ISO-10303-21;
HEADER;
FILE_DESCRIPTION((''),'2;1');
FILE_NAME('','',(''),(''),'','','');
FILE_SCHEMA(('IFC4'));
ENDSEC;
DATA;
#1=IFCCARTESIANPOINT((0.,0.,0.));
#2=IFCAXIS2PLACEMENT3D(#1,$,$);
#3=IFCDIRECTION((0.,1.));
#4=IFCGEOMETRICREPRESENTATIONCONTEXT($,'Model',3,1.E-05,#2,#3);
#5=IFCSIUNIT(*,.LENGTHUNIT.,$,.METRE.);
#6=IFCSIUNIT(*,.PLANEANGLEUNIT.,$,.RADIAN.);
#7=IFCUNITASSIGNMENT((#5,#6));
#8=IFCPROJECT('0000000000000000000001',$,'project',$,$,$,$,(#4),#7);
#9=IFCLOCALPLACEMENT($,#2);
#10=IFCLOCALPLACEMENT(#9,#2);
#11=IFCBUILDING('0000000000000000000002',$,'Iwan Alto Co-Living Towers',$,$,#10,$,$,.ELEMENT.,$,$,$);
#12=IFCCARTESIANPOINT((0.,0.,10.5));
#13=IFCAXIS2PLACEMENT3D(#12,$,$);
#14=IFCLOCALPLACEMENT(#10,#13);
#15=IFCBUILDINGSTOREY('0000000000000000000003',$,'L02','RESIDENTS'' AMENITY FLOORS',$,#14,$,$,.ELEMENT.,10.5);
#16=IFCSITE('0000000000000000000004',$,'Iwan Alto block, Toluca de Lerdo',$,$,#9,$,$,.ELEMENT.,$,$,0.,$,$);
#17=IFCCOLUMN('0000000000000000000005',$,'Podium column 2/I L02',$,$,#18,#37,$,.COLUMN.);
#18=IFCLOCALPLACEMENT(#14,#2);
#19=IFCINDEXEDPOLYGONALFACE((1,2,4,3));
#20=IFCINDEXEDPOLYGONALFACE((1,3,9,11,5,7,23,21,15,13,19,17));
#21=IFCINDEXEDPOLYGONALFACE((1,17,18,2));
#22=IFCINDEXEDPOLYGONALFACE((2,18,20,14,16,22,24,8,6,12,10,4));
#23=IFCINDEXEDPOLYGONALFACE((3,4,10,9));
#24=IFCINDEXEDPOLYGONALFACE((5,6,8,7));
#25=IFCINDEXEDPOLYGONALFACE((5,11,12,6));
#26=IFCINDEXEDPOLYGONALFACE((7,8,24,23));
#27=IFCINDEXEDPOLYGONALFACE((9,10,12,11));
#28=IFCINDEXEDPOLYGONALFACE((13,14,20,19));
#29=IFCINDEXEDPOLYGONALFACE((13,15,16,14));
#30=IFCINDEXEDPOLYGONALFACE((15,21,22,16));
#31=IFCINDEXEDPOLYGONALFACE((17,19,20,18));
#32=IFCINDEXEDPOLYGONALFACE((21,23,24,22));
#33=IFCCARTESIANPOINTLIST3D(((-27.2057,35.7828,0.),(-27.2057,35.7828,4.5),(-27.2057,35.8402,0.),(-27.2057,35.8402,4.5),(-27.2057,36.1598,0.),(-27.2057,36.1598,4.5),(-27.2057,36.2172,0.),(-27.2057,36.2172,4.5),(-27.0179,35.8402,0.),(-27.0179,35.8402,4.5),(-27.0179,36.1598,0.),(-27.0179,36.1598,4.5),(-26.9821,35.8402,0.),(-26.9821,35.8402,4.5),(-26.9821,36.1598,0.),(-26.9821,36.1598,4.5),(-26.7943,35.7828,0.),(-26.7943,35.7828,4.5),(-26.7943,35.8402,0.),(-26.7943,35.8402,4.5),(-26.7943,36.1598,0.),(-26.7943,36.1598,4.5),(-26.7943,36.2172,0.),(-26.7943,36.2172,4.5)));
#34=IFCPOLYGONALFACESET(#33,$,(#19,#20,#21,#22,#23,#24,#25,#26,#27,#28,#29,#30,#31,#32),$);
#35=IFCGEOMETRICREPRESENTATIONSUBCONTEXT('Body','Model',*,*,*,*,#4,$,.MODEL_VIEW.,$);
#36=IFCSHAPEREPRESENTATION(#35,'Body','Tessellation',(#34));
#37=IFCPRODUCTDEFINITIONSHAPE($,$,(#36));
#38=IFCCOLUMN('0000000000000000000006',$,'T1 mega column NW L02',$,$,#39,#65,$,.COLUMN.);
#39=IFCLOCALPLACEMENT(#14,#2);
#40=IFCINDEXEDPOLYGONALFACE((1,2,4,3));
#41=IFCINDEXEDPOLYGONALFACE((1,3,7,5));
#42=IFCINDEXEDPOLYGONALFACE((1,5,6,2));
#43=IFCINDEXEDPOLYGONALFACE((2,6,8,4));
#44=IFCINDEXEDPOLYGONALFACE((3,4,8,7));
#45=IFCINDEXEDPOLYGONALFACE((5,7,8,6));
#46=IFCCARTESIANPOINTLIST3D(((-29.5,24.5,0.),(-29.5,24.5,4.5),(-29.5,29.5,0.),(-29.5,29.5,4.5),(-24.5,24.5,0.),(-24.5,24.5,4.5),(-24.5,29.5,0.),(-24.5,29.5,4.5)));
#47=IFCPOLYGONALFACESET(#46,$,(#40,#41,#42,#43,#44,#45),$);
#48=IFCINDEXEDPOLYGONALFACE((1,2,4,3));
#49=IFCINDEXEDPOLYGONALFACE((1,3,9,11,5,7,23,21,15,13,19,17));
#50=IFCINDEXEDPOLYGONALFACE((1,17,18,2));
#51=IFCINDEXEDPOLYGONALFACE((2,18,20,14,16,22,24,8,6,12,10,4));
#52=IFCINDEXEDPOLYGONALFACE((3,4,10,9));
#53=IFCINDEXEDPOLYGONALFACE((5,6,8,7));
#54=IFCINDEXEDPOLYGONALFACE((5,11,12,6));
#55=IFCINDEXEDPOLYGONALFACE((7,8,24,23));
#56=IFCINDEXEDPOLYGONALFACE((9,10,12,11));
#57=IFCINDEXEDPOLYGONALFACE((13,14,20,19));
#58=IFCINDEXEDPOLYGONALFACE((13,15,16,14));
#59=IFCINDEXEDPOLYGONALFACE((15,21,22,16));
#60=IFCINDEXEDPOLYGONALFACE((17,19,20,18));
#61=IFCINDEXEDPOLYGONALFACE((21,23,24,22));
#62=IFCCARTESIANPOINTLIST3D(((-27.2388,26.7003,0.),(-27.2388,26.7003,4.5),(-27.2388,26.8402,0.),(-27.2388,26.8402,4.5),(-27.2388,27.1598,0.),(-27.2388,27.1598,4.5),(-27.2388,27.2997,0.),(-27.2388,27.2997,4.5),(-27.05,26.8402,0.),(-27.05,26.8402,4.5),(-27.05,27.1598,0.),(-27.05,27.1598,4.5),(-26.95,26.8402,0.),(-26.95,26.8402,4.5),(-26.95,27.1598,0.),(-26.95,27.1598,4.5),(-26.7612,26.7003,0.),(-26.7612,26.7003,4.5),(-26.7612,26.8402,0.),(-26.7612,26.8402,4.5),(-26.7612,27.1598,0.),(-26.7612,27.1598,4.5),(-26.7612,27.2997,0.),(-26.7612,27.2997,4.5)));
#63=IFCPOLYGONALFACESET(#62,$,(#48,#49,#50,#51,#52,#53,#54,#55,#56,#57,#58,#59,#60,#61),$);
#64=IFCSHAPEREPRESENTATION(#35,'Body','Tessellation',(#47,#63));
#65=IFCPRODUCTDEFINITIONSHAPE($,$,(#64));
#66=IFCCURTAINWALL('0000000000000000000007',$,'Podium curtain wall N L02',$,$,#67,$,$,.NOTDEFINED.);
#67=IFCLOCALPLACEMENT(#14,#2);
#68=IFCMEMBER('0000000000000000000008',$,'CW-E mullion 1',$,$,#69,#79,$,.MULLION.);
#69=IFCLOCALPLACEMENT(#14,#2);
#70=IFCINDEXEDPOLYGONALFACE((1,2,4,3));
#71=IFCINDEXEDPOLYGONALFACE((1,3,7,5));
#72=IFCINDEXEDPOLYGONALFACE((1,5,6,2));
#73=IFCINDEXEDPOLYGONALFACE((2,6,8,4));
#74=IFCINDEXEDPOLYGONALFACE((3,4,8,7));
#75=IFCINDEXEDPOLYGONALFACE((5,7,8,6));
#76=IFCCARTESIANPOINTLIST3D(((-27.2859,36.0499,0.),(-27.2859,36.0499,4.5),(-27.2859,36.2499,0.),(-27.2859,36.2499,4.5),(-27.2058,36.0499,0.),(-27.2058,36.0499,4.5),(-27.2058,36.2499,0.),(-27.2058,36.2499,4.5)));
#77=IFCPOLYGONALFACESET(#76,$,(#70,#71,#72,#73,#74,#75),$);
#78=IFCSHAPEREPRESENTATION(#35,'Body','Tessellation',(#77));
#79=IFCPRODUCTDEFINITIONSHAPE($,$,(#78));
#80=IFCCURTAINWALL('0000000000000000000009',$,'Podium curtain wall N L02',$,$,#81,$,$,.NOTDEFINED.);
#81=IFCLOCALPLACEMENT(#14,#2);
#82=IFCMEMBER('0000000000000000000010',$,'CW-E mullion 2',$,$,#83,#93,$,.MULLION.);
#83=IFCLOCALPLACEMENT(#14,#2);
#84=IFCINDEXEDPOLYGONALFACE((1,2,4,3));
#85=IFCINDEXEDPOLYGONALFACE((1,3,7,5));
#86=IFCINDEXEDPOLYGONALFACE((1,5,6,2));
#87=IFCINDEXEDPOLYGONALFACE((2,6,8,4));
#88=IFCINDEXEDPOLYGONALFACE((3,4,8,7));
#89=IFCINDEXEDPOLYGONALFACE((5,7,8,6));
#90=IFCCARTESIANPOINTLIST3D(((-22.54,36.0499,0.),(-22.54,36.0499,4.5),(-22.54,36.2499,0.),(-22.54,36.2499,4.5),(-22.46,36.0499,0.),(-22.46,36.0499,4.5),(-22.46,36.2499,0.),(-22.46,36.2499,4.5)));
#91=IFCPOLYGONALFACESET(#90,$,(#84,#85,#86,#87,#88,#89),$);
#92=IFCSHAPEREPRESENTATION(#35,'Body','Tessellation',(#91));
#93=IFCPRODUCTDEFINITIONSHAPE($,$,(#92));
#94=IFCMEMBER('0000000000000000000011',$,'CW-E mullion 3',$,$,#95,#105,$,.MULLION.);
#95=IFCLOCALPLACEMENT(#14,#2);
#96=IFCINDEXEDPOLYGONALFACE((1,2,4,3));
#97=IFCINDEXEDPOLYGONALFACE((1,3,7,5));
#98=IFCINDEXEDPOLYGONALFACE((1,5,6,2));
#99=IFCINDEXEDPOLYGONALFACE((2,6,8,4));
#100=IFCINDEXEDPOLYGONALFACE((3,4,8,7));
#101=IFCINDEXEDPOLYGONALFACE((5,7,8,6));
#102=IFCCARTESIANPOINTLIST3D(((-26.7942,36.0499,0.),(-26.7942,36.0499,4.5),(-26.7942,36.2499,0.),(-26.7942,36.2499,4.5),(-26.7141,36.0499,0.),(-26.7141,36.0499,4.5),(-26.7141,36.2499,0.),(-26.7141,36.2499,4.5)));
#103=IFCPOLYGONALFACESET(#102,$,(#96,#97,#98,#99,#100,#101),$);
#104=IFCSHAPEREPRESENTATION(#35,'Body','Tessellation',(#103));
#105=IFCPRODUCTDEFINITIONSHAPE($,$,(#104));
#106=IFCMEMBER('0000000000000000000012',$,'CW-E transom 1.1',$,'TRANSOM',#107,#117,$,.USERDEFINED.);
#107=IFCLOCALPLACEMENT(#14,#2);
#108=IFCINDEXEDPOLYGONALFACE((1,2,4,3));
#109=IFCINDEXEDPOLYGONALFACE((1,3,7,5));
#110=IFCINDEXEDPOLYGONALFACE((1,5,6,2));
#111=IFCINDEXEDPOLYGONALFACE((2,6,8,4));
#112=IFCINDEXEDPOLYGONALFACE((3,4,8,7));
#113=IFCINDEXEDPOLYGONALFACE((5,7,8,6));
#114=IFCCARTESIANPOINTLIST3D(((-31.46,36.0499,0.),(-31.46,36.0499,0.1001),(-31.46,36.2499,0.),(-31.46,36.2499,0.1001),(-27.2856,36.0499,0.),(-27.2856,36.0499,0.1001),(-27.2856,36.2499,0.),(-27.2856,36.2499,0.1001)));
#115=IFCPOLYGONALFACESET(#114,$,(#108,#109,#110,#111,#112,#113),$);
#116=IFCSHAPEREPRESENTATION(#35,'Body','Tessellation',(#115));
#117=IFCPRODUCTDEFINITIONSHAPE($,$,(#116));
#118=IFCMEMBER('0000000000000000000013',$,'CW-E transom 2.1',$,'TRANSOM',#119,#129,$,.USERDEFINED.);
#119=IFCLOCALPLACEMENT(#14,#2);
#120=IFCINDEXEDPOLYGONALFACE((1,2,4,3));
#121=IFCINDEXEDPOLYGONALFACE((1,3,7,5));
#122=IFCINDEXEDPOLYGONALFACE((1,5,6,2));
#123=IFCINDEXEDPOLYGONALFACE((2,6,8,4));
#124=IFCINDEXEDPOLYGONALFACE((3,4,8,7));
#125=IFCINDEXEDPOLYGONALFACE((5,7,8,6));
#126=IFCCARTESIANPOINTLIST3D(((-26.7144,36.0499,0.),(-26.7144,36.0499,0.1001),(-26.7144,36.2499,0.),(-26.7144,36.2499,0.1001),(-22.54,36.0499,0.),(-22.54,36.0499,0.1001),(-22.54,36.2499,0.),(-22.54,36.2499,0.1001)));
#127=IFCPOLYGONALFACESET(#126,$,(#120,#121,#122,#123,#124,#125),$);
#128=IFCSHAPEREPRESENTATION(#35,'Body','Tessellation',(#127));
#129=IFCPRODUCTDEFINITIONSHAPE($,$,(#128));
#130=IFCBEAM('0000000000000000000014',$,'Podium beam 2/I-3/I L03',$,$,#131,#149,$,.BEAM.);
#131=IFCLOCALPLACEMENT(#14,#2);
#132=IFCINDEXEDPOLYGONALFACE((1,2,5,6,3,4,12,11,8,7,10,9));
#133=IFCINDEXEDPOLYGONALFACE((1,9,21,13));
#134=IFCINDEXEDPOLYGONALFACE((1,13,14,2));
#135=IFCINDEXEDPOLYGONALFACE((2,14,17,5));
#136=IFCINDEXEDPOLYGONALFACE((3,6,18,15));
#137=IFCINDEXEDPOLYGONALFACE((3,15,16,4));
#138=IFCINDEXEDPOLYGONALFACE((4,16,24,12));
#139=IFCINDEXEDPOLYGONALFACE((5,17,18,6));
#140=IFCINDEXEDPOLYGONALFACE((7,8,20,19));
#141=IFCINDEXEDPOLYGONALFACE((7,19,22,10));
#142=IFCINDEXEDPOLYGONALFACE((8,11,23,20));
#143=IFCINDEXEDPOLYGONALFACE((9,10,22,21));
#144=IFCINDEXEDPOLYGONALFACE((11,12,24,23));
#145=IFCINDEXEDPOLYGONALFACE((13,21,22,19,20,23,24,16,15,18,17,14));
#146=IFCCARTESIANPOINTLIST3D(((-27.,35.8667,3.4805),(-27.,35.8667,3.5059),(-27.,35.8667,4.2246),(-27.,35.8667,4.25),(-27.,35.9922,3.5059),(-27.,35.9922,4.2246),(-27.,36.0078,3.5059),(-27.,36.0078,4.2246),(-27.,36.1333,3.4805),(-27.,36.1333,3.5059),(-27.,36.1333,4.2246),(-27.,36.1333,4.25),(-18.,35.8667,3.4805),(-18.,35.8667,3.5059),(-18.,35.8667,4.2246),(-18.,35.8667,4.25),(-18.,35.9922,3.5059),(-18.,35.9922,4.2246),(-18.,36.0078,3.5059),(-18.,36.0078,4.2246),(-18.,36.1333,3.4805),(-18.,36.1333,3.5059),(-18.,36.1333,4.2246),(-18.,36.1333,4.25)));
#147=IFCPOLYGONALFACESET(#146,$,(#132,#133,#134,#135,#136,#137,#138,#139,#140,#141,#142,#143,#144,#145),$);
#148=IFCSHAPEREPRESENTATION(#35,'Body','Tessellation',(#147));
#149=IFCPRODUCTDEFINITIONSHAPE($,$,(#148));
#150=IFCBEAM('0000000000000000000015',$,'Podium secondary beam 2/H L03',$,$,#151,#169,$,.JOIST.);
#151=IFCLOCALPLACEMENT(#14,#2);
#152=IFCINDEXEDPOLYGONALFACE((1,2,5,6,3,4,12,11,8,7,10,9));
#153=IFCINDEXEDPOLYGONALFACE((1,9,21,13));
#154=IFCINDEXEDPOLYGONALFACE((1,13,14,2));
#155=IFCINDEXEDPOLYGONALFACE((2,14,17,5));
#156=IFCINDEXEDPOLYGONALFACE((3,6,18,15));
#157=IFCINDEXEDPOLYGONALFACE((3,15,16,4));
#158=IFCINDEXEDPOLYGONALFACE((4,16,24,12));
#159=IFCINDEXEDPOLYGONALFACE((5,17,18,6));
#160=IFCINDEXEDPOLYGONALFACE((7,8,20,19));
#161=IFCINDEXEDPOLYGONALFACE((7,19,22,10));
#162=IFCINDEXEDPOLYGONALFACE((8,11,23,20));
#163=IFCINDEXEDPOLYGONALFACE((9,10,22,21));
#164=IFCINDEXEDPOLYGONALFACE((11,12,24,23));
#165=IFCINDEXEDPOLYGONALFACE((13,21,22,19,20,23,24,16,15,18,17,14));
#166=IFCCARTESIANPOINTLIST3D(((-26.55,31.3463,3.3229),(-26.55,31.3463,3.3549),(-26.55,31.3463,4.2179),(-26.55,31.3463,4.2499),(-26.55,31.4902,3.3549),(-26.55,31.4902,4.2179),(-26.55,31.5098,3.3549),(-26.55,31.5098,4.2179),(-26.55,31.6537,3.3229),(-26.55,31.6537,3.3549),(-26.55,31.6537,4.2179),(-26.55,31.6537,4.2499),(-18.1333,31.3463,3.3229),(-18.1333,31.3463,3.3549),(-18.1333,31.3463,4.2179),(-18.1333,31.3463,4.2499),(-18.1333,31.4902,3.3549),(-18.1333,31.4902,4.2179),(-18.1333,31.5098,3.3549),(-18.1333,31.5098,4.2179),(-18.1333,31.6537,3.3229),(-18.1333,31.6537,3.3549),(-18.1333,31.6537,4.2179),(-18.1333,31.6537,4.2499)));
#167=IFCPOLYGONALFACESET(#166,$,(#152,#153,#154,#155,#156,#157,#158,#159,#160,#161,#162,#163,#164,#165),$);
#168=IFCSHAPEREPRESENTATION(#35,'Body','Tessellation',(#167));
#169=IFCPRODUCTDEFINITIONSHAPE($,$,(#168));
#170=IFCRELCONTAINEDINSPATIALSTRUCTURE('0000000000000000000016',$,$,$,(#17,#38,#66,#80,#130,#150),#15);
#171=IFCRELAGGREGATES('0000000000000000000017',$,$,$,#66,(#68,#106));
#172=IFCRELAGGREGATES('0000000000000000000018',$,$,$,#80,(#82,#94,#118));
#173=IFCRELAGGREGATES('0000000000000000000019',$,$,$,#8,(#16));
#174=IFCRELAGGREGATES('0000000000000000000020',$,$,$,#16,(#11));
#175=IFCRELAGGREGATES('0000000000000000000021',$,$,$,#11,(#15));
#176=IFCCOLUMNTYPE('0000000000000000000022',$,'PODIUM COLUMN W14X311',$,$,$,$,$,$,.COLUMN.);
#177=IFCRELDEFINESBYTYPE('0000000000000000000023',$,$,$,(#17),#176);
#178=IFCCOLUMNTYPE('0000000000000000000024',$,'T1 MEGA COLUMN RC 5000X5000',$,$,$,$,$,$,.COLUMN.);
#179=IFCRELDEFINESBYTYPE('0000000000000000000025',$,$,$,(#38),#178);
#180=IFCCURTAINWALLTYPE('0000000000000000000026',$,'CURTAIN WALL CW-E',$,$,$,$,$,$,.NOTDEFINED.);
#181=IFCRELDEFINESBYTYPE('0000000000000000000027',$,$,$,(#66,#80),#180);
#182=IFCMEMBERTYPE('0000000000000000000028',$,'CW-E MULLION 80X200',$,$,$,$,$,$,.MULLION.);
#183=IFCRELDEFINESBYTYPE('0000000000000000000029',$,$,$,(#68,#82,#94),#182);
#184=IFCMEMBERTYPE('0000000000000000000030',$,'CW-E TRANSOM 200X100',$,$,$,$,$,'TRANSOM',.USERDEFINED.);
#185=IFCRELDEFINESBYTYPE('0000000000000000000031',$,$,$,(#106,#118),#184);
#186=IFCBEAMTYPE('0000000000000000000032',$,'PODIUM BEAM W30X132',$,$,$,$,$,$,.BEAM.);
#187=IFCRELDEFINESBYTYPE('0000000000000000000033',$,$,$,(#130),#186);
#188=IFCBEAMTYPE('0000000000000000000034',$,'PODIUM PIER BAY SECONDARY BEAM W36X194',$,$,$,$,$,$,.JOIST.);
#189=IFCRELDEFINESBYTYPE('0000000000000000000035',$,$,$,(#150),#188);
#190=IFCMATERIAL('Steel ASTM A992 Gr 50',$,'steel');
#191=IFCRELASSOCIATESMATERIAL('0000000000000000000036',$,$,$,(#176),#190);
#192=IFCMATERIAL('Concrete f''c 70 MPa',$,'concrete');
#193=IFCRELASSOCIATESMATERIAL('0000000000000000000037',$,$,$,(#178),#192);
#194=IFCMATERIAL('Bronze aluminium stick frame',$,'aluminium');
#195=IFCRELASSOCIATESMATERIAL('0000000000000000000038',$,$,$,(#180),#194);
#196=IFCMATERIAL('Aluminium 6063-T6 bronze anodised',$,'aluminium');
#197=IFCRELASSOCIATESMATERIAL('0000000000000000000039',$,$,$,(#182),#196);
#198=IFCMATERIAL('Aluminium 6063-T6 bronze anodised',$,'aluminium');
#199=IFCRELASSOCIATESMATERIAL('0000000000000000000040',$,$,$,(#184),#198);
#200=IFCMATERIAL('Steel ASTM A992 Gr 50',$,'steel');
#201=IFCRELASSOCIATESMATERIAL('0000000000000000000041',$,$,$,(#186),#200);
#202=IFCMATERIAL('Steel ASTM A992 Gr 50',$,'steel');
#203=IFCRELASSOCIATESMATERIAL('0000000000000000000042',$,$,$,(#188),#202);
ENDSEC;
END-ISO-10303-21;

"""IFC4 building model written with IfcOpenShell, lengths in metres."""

from ifc_helpers import new_model, si_unit, direction, frame, origin, origin_2d, place, context, subcontext, project, spatial, rectangle, i_section, extrude, material, material_profile, profile_set, type_object, element, aggregate, save


model = new_model("IFC4")

# Units and contexts
model_context = context("Model", 3, precision=1e-05, world=origin(), true_north=direction((0.0, 1.0)))
body_context = subcontext(model_context, "Body", "Model", "MODEL_VIEW")
ifc_project = project(units=[si_unit("LENGTHUNIT", "METRE"), si_unit("PLANEANGLEUNIT", "RADIAN")], contexts=[model_context])

# Site, building, storey
site_placement = place(None, origin())
site = spatial("IfcSite", under=ifc_project, at=site_placement, Name="Iwan Alto block, Toluca de Lerdo", CompositionType="ELEMENT", RefElevation=0.0)
building_placement = place(site_placement, origin())
building = spatial("IfcBuilding", under=site, at=building_placement, Name="Iwan Alto Co-Living Towers", CompositionType="ELEMENT")
storey_placement = place(building_placement, frame((0.0, 0.0, 10.5)))
storey = spatial("IfcBuildingStorey", under=building, at=storey_placement, Name="L02", Description="RESIDENTS' AMENITY FLOORS", CompositionType="ELEMENT", Elevation=10.5)

# Columns
ifc_material_1 = material(Name="Steel ASTM A992 Gr 50", Category="steel")
ifc_material_profile_1 = material_profile(ifc_material_1, i_section(OverallWidth=0.4114, OverallDepth=0.4343, WebThickness=0.0359, FlangeThickness=0.0574, at=origin_2d()), Name="W14X311")
ifc_profile_set_1 = profile_set([ifc_material_profile_1], Name="Steel ASTM A992 Gr 50")
column_type_1 = type_object("IfcColumnType", Name="PODIUM COLUMN W14X311", PredefinedType="COLUMN", material=ifc_profile_set_1)
column_1_placement = place(storey_placement, frame((-27.0, 36.0, 0.0), z_axis=(0.0, 0.0, 1.0), x_axis=(1.0, 0.0, 0.0)))
element("IfcColumn", 1, at=column_1_placement, inside=storey, type_object=column_type_1, Name="Podium column 2/I L02", PredefinedType="COLUMN", context=body_context, shape_type="SweptSolid", body=[
    extrude(i_section(OverallWidth=0.4114, OverallDepth=0.4343, WebThickness=0.0359, FlangeThickness=0.0574, at=origin_2d()), origin(), (0.0, 0.0, 1.0), 4.5),
])
ifc_material_2 = material(Name="Concrete f'c 70 MPa", Category="concrete")
ifc_material_profile_2 = material_profile(ifc_material_2, rectangle(XDim=5.0, YDim=5.0, at=origin_2d()), Name="RC 5000X5000")
ifc_profile_set_2 = profile_set([ifc_material_profile_2], Name="Concrete f'c 70 MPa")
column_type_2 = type_object("IfcColumnType", Name="T1 MEGA COLUMN RC 5000X5000", PredefinedType="COLUMN", material=ifc_profile_set_2)
column_2_placement = place(storey_placement, frame((-27.0, 27.0, 0.0), z_axis=(0.0, 0.0, 1.0), x_axis=(1.0, 0.0, 0.0)))
element("IfcColumn", 2, at=column_2_placement, inside=storey, type_object=column_type_2, Name="T1 mega column NW L02", PredefinedType="COLUMN", context=body_context, shape_type="SweptSolid", body=[
    extrude(rectangle(XDim=5.0, YDim=5.0, at=origin_2d()), origin(), (0.0, 0.0, 1.0), 4.5),
    extrude(i_section(OverallWidth=0.4775, OverallDepth=0.5994, WebThickness=0.1001, FlangeThickness=0.1399, at=origin_2d()), origin(), (0.0, 0.0, 1.0), 4.5),
])

# Curtain wall, member
ifc_material_3 = material(Name="Bronze aluminium stick frame", Category="aluminium")
curtain_wall_type = type_object("IfcCurtainWallType", Name="CURTAIN WALL CW-E", PredefinedType="NOTDEFINED", material=ifc_material_3)
curtain_wall_1_placement = place(storey_placement, origin())
curtain_wall_1 = element("IfcCurtainWall", 3, at=curtain_wall_1_placement, inside=storey, type_object=curtain_wall_type, Name="Podium curtain wall N L02", PredefinedType="NOTDEFINED")
ifc_material_4 = material(Name="Aluminium 6063-T6 bronze anodised", Category="aluminium")
ifc_material_profile_3 = material_profile(ifc_material_4, rectangle(XDim=0.2, YDim=0.0801, at=origin_2d()), Name="AL 80X200")
ifc_profile_set_3 = profile_set([ifc_material_profile_3], Name="Aluminium 6063-T6 bronze anodised")
member_type_1 = type_object("IfcMemberType", Name="CW-E MULLION 80X200", PredefinedType="MULLION", material=ifc_profile_set_3)
member_1_placement = place(storey_placement, frame((-27.2458, 36.1499, 0.0), z_axis=(0.0, 0.0, 1.0), x_axis=(0.0, -1.0, 0.0)))
member_1 = element("IfcMember", 4, at=member_1_placement, type_object=member_type_1, Name="CW-E mullion 1", PredefinedType="MULLION", context=body_context, shape_type="SweptSolid", body=[
    extrude(rectangle(XDim=0.2, YDim=0.0801, at=origin_2d()), origin(), (0.0, 0.0, 1.0), 4.5),
])

# Curtain wall, members
curtain_wall_2_placement = place(storey_placement, origin())
curtain_wall_2 = element("IfcCurtainWall", 5, at=curtain_wall_2_placement, inside=storey, type_object=curtain_wall_type, Name="Podium curtain wall N L02", PredefinedType="NOTDEFINED")
member_2_placement = place(storey_placement, frame((-22.5, 36.1499, 0.0), z_axis=(0.0, 0.0, 1.0), x_axis=(0.0, -1.0, 0.0)))
member_2 = element("IfcMember", 6, at=member_2_placement, type_object=member_type_1, Name="CW-E mullion 2", PredefinedType="MULLION", context=body_context, shape_type="SweptSolid", body=[
    extrude(rectangle(XDim=0.2, YDim=0.0801, at=origin_2d()), origin(), (0.0, 0.0, 1.0), 4.5),
])
member_3_placement = place(storey_placement, frame((-26.7542, 36.1499, 0.0), z_axis=(0.0, 0.0, 1.0), x_axis=(0.0, -1.0, 0.0)))
member_3 = element("IfcMember", 7, at=member_3_placement, type_object=member_type_1, Name="CW-E mullion 3", PredefinedType="MULLION", context=body_context, shape_type="SweptSolid", body=[
    extrude(rectangle(XDim=0.2, YDim=0.0801, at=origin_2d()), origin(), (0.0, 0.0, 1.0), 4.5),
])

# Members
ifc_material_5 = material(Name="Aluminium 6063-T6 bronze anodised", Category="aluminium")
ifc_material_profile_4 = material_profile(ifc_material_5, rectangle(XDim=0.2, YDim=0.1001, at=origin_2d()), Name="AL 200X100")
ifc_profile_set_4 = profile_set([ifc_material_profile_4], Name="Aluminium 6063-T6 bronze anodised")
member_type_2 = type_object("IfcMemberType", Name="CW-E TRANSOM 200X100", ElementType="TRANSOM", PredefinedType="USERDEFINED", material=ifc_profile_set_4)
member_4_placement = place(storey_placement, frame((-27.2856, 36.1499, 0.05), z_axis=(-1.0, 0.0, 0.0), x_axis=(0.0, -1.0, 0.0)))
member_4 = element("IfcMember", 8, at=member_4_placement, type_object=member_type_2, Name="CW-E transom 1.1", ObjectType="TRANSOM", PredefinedType="USERDEFINED", context=body_context, shape_type="SweptSolid", body=[
    extrude(rectangle(XDim=0.2, YDim=0.1001, at=origin_2d()), origin(), (0.0, 0.0, 1.0), 4.1743),
])
aggregate(curtain_wall_1, [member_1, member_4])
member_5_placement = place(storey_placement, frame((-22.54, 36.1499, 0.05), z_axis=(-1.0, 0.0, 0.0), x_axis=(0.0, -1.0, 0.0)))
member_5 = element("IfcMember", 9, at=member_5_placement, type_object=member_type_2, Name="CW-E transom 2.1", ObjectType="TRANSOM", PredefinedType="USERDEFINED", context=body_context, shape_type="SweptSolid", body=[
    extrude(rectangle(XDim=0.2, YDim=0.1001, at=origin_2d()), origin(), (0.0, 0.0, 1.0), 4.1743),
])

# Beams
ifc_material_6 = material(Name="Steel ASTM A992 Gr 50", Category="steel")
ifc_material_profile_5 = material_profile(ifc_material_6, i_section(OverallWidth=0.2666, OverallDepth=0.7695, WebThickness=0.0156, FlangeThickness=0.0254, at=origin_2d()), Name="W30X132")
ifc_profile_set_5 = profile_set([ifc_material_profile_5], Name="Steel ASTM A992 Gr 50")
beam_type_1 = type_object("IfcBeamType", Name="PODIUM BEAM W30X132", PredefinedType="BEAM", material=ifc_profile_set_5)
beam_1_placement = place(storey_placement, frame((-27.0, 36.0, 3.8652), z_axis=(1.0, 0.0, 0.0), x_axis=(0.0, 1.0, 0.0)))
element("IfcBeam", 10, at=beam_1_placement, inside=storey, type_object=beam_type_1, Name="Podium beam 2/I-3/I L03", PredefinedType="BEAM", context=body_context, shape_type="SweptSolid", body=[
    extrude(i_section(OverallWidth=0.2666, OverallDepth=0.7695, WebThickness=0.0156, FlangeThickness=0.0254, at=origin_2d()), origin(), (0.0, 0.0, 1.0), 9.0),
])
ifc_material_7 = material(Name="Steel ASTM A992 Gr 50", Category="steel")
ifc_material_profile_6 = material_profile(ifc_material_7, i_section(OverallWidth=0.3074, OverallDepth=0.927, WebThickness=0.0195, FlangeThickness=0.032, at=origin_2d()), Name="W36X194")
ifc_profile_set_6 = profile_set([ifc_material_profile_6], Name="Steel ASTM A992 Gr 50")
beam_type_2 = type_object("IfcBeamType", Name="PODIUM PIER BAY SECONDARY BEAM W36X194", PredefinedType="JOIST", material=ifc_profile_set_6)
beam_2_placement = place(storey_placement, frame((-26.55, 31.5, 3.7864), z_axis=(1.0, 0.0, 0.0), x_axis=(0.0, 1.0, 0.0)))
element("IfcBeam", 11, at=beam_2_placement, inside=storey, type_object=beam_type_2, Name="Podium secondary beam 2/H L03", PredefinedType="JOIST", context=body_context, shape_type="SweptSolid", body=[
    extrude(i_section(OverallWidth=0.3074, OverallDepth=0.927, WebThickness=0.0195, FlangeThickness=0.032, at=origin_2d()), origin(), (0.0, 0.0, 1.0), 8.4167),
])

aggregate(curtain_wall_2, [member_2, member_3, member_5])

save(model, "model.ifc")
